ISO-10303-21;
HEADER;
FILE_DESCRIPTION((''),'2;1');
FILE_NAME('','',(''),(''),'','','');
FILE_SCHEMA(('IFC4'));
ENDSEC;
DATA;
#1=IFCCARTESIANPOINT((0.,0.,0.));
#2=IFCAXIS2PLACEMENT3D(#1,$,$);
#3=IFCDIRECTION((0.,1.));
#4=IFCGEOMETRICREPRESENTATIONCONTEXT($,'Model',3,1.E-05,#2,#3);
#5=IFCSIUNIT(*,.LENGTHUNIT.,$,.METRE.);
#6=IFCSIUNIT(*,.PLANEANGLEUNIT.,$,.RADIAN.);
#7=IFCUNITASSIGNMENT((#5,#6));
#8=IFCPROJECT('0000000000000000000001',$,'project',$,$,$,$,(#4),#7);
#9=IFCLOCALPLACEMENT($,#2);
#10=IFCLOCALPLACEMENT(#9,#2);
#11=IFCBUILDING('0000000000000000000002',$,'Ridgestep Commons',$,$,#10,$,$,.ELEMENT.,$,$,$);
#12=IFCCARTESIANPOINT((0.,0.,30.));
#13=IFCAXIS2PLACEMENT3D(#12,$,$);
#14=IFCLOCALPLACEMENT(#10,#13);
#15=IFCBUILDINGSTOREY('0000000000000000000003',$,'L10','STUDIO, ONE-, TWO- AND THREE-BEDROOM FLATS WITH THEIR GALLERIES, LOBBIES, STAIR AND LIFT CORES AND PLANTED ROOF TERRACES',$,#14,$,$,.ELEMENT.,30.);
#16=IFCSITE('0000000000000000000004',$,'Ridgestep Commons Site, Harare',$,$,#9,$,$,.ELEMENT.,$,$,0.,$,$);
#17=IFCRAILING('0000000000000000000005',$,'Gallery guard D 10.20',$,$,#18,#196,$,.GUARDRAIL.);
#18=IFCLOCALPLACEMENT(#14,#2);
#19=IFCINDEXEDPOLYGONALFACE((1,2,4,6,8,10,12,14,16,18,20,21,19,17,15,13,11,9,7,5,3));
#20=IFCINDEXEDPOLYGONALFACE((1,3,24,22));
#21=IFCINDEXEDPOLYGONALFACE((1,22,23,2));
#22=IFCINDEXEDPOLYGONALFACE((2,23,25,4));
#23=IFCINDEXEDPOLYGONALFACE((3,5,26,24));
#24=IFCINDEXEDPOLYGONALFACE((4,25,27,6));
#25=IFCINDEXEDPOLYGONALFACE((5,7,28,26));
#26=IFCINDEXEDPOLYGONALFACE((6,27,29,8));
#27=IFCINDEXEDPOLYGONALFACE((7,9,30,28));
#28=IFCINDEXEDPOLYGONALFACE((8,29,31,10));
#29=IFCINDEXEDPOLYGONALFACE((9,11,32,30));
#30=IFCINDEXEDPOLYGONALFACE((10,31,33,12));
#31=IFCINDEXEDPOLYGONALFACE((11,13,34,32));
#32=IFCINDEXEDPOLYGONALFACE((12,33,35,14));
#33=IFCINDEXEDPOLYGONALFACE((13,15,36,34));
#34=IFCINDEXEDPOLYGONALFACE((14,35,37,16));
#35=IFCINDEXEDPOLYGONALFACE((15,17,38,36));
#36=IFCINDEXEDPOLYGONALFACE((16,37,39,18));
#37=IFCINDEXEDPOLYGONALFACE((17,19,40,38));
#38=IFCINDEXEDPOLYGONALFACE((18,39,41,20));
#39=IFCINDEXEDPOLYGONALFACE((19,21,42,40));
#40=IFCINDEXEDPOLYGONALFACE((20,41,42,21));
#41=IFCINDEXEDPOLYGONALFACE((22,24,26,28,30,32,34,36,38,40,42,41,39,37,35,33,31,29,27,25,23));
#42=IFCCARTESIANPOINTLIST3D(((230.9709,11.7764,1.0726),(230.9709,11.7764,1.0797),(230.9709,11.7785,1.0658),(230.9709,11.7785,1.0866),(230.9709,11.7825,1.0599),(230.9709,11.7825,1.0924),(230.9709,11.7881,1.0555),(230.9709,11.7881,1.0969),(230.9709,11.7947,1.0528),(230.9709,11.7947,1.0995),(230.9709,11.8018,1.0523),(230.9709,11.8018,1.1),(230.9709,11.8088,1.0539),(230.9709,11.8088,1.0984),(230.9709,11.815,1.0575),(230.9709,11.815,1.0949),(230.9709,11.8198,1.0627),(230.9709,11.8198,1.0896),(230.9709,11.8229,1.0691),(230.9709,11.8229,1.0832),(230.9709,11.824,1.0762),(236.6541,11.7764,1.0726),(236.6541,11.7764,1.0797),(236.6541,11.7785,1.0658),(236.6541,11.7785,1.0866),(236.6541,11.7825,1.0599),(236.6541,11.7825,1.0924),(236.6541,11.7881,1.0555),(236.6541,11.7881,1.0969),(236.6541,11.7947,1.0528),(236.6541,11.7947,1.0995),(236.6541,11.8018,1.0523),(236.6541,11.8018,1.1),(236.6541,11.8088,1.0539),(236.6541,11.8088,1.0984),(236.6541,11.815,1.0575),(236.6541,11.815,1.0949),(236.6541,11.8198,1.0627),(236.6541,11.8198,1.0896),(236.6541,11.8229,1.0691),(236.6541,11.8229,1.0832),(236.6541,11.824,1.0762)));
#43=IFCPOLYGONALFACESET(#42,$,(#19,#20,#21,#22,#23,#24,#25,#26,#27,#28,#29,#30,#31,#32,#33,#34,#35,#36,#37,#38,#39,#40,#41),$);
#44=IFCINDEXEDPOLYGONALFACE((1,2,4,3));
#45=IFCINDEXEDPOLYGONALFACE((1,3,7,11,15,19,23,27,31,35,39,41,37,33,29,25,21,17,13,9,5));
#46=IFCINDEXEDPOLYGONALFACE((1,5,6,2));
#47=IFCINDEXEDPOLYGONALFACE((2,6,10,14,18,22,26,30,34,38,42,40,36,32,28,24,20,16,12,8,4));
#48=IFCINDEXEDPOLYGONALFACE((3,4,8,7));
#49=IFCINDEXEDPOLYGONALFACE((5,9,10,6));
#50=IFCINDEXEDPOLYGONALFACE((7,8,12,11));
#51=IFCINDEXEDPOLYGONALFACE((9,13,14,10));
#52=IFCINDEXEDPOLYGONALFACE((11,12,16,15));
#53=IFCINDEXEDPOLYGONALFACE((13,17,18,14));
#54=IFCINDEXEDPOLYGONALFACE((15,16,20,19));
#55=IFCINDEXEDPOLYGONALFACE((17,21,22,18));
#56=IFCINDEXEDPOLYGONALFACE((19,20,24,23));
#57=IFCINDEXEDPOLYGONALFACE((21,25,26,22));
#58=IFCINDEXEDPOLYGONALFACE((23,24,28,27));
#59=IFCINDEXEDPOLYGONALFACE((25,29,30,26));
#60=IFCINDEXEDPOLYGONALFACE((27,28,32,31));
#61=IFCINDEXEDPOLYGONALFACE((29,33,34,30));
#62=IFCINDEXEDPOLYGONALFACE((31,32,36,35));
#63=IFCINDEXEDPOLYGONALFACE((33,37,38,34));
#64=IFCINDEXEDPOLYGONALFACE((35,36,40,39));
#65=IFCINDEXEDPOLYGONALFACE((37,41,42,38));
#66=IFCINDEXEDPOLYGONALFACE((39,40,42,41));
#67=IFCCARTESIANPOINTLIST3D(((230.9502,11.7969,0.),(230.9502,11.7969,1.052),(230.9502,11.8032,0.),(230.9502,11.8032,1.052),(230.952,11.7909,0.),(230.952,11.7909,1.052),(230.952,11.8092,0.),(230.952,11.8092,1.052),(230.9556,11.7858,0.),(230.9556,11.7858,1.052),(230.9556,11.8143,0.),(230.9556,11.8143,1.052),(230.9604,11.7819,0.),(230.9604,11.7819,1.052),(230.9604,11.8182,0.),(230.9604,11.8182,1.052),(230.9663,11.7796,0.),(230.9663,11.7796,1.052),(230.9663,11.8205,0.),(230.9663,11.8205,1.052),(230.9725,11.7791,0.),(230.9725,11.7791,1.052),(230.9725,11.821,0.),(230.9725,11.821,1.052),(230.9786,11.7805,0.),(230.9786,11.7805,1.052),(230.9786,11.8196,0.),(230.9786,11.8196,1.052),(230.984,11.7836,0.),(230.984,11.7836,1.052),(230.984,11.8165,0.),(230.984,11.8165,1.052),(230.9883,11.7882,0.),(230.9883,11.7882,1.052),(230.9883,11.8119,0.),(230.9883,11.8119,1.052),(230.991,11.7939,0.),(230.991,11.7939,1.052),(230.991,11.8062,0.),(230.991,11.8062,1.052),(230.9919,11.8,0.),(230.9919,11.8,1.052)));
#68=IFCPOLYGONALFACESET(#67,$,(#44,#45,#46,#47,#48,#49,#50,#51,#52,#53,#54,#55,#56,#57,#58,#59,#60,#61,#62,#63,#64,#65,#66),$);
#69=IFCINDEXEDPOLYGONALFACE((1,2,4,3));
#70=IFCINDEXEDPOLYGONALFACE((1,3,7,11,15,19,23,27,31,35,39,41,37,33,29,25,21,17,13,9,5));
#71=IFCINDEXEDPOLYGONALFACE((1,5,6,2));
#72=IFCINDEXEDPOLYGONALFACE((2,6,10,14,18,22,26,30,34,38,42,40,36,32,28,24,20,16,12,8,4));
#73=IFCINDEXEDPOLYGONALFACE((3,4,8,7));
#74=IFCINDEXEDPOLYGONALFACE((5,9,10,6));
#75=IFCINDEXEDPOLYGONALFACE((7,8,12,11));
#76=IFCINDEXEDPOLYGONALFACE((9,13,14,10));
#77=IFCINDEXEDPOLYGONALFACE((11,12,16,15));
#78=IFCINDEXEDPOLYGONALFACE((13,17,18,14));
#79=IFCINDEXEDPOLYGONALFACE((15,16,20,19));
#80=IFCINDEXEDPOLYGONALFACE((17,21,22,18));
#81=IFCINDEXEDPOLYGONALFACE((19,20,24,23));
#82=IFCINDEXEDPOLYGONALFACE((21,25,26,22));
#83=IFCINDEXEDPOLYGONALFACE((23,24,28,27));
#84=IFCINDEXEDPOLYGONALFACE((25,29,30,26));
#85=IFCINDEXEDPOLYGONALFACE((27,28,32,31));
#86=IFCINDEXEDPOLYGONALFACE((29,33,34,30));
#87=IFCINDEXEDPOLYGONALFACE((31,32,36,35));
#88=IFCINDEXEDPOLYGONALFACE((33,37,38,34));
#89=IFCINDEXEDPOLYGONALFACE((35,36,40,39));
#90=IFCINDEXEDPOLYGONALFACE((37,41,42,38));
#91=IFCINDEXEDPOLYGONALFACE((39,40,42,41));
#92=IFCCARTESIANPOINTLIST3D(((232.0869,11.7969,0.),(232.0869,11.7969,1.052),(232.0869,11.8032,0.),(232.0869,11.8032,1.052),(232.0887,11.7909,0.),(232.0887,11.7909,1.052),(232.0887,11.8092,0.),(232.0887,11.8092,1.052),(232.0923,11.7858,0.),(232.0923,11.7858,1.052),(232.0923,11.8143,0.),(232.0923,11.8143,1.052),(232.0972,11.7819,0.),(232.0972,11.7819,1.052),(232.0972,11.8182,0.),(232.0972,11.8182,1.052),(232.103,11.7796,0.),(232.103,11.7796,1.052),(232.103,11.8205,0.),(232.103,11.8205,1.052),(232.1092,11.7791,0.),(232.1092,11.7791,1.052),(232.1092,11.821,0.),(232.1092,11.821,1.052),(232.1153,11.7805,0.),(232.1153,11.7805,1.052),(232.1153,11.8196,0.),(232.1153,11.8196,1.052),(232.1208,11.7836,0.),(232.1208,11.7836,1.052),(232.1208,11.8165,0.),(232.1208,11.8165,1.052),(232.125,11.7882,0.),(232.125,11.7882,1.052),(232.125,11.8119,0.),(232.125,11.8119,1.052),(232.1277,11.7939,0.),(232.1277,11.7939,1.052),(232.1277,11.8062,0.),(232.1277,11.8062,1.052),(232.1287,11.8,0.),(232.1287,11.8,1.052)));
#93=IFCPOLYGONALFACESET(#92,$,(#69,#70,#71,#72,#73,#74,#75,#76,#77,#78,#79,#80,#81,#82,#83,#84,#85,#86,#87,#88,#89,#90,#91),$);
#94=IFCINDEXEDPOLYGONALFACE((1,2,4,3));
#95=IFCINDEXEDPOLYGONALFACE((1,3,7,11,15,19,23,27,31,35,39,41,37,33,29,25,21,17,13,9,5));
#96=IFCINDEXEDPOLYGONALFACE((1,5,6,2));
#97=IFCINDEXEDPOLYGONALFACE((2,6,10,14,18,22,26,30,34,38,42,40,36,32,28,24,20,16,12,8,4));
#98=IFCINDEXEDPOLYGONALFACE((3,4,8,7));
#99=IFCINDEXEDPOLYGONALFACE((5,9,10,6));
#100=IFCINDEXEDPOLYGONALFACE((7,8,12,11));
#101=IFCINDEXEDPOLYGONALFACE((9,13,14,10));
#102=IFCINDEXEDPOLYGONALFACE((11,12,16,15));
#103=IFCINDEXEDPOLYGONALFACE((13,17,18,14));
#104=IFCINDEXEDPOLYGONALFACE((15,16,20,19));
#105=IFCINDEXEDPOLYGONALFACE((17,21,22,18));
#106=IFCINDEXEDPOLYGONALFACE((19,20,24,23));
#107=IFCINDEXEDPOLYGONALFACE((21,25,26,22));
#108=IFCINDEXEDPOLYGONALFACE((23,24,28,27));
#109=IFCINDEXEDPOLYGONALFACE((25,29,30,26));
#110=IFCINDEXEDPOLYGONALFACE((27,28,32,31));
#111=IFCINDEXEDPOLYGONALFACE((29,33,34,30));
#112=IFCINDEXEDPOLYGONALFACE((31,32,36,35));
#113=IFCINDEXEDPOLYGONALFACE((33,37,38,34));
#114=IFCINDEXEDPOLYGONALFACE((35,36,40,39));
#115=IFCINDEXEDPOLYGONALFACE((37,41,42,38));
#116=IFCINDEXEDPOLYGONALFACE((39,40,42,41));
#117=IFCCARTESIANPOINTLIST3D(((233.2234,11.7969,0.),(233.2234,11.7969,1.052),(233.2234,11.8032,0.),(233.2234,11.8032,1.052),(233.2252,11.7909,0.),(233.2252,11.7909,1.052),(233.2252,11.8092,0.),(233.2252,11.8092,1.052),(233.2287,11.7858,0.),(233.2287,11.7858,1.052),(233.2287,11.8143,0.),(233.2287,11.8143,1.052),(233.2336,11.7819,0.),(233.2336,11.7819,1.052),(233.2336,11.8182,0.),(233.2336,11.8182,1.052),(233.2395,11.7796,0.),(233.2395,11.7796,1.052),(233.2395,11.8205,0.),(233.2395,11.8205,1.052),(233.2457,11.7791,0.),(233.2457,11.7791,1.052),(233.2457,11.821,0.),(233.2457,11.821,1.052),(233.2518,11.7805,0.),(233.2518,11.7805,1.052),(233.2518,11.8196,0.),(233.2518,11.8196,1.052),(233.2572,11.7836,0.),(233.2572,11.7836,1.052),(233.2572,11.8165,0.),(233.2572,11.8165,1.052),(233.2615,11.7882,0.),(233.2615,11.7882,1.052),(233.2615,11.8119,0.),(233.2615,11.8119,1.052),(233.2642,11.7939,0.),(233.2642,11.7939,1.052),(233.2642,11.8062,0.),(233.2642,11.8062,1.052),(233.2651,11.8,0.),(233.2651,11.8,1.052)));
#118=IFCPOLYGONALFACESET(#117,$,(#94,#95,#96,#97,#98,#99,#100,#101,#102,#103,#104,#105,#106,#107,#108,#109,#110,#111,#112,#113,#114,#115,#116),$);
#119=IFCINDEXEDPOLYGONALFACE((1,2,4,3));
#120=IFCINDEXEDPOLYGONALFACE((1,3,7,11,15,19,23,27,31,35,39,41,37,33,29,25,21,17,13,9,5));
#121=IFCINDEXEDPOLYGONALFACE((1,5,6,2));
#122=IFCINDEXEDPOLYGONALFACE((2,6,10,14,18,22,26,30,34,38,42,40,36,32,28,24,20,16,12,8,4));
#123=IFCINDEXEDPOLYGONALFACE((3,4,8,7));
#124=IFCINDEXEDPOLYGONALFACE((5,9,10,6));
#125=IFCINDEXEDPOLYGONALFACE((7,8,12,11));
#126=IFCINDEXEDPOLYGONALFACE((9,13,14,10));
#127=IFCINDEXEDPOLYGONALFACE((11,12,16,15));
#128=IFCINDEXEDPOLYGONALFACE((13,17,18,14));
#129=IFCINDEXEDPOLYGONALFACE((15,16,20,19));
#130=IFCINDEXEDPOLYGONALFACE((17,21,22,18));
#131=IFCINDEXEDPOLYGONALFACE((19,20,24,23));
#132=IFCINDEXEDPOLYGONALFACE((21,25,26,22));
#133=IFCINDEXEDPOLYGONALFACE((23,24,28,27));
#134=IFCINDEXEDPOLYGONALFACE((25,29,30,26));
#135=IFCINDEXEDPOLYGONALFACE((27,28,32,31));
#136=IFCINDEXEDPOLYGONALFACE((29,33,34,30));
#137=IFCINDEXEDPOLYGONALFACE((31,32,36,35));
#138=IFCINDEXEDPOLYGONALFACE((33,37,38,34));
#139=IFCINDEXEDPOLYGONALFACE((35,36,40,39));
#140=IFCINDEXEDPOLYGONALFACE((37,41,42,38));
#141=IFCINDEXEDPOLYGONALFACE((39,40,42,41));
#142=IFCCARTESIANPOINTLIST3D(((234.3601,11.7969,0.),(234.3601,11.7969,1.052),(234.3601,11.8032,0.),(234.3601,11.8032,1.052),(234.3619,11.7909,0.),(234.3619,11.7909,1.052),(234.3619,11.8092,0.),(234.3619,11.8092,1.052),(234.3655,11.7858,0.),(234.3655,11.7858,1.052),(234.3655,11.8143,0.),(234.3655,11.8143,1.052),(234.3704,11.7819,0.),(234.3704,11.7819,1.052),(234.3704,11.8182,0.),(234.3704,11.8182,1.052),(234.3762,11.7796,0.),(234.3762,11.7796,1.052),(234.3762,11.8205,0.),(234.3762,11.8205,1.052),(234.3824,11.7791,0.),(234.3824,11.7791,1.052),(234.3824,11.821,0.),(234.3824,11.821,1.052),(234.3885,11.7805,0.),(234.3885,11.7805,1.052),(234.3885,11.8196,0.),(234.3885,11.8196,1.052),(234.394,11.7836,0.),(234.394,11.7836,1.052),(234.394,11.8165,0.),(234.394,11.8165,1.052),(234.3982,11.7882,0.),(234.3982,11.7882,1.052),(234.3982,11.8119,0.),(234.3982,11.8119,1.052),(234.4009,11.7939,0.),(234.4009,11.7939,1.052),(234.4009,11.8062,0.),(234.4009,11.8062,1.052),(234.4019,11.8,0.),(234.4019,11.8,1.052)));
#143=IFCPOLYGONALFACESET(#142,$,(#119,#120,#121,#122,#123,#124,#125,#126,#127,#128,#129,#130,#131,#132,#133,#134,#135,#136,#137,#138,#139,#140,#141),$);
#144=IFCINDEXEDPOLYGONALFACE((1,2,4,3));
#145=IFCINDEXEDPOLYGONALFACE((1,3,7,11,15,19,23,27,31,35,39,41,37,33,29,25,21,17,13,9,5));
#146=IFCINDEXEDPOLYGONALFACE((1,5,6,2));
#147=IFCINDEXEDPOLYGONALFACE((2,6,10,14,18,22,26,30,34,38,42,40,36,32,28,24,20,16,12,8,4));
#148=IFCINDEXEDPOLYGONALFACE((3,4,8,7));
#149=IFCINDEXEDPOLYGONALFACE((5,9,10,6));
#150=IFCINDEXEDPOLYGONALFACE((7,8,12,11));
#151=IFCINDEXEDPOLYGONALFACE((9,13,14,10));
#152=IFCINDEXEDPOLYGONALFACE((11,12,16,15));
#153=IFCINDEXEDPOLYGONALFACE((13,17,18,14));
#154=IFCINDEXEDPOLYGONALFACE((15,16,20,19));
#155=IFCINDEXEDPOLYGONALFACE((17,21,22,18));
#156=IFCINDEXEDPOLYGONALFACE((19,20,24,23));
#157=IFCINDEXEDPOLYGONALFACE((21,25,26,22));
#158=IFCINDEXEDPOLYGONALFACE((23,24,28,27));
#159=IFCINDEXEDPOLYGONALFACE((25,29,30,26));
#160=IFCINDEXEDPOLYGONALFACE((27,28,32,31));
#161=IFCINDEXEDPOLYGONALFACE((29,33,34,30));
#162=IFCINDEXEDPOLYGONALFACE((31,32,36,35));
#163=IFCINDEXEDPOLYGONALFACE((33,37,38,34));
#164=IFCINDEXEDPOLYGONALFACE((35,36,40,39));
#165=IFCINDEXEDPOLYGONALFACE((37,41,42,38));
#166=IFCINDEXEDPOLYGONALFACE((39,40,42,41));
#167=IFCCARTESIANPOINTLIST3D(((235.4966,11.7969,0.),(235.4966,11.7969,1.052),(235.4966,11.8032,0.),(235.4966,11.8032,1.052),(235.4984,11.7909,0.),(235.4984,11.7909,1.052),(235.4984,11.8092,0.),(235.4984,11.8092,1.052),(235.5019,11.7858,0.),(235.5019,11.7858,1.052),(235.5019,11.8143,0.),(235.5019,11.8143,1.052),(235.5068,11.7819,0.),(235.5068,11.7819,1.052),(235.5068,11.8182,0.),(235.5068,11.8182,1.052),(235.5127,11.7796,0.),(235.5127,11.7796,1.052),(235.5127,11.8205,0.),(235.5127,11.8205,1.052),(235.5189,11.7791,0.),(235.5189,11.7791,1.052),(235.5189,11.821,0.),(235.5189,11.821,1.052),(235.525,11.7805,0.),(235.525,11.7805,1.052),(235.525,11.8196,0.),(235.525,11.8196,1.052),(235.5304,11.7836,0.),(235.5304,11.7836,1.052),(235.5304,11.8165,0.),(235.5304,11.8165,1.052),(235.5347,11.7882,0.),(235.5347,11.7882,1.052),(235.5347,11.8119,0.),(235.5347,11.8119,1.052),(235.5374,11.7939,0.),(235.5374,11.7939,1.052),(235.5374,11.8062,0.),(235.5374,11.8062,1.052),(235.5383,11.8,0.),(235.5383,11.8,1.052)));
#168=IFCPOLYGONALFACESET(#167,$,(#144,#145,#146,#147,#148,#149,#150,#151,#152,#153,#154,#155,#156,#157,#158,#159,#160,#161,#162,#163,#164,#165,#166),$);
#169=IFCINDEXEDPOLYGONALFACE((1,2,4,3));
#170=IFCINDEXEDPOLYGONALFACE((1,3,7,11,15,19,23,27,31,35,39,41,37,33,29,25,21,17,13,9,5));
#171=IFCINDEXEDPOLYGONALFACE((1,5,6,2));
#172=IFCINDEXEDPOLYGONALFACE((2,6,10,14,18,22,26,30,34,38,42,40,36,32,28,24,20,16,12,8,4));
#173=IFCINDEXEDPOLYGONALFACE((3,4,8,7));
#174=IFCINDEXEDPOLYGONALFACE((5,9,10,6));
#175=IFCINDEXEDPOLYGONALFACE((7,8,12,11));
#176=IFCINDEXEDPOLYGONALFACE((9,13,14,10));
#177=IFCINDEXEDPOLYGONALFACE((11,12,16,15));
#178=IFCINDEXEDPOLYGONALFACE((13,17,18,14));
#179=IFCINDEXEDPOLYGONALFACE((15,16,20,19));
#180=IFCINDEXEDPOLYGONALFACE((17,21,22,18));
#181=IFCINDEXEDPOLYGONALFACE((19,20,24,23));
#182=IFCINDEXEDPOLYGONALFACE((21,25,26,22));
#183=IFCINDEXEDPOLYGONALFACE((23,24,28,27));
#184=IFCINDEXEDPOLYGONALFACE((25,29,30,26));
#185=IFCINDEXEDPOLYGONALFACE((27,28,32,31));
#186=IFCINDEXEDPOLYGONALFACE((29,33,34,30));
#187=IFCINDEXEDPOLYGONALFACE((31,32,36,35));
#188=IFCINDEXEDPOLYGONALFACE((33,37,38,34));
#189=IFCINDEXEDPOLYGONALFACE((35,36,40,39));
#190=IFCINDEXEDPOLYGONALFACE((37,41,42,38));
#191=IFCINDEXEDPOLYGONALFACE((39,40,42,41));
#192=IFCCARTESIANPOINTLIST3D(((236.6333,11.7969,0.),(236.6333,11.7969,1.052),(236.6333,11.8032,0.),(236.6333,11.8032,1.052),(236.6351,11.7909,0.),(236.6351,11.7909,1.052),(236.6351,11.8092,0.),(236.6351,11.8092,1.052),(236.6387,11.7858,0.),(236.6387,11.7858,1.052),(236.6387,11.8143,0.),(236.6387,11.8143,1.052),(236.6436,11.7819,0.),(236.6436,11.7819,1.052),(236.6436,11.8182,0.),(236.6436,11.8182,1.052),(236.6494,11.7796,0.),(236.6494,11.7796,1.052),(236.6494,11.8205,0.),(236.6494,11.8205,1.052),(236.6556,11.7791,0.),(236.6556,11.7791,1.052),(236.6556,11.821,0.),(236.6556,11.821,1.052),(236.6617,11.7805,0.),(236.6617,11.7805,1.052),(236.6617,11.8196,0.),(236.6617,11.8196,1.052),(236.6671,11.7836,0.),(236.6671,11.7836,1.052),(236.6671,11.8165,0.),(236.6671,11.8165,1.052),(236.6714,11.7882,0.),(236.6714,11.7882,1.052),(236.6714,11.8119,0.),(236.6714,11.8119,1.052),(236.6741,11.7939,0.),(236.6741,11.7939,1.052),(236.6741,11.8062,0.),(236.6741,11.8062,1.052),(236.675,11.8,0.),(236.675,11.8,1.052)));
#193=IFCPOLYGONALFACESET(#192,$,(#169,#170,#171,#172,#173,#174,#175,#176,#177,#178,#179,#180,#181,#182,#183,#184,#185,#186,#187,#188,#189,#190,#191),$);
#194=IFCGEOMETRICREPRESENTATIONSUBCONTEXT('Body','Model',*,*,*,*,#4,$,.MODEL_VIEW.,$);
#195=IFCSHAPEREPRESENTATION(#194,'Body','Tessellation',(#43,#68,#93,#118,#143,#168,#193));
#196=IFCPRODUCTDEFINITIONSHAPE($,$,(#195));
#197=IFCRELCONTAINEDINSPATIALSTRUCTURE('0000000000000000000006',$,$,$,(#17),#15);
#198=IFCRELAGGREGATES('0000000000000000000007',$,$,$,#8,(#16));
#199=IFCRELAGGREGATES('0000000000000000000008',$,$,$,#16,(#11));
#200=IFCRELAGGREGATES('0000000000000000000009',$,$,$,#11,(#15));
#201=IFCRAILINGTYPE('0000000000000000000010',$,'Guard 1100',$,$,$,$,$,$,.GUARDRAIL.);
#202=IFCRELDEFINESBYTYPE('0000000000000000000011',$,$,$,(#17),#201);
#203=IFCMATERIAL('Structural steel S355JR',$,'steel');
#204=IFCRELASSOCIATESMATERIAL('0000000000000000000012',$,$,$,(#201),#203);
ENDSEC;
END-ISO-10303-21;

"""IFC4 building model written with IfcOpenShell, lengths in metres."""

from ifc_helpers import new_model, si_unit, direction, frame, origin, origin_2d, place, context, subcontext, project, spatial, circle, extrude, material, type_object, element, save


model = new_model("IFC4")

# Units and contexts
model_context = context("Model", 3, precision=1e-05, world=origin(), true_north=direction((0.0, 1.0)))
body_context = subcontext(model_context, "Body", "Model", "MODEL_VIEW")
ifc_project = project(units=[si_unit("LENGTHUNIT", "METRE"), si_unit("PLANEANGLEUNIT", "RADIAN")], contexts=[model_context])

# Site, building, storey
site_placement = place(None, origin())
site = spatial("IfcSite", under=ifc_project, at=site_placement, Name="Ridgestep Commons Site, Harare", CompositionType="ELEMENT", RefElevation=0.0)
building_placement = place(site_placement, origin())
building = spatial("IfcBuilding", under=site, at=building_placement, Name="Ridgestep Commons", CompositionType="ELEMENT")
storey_placement = place(building_placement, frame((0.0, 0.0, 30.0)))
storey = spatial("IfcBuildingStorey", under=building, at=storey_placement, Name="L10", Description="STUDIO, ONE-, TWO- AND THREE-BEDROOM FLATS WITH THEIR GALLERIES, LOBBIES, STAIR AND LIFT CORES AND PLANTED ROOF TERRACES", CompositionType="ELEMENT", Elevation=30.0)

# Railing
ifc_material_1 = material(Name="Structural steel S355JR", Category="steel")
railing_type_1 = type_object("IfcRailingType", Name="Guard 1100", PredefinedType="GUARDRAIL", material=ifc_material_1)
railing_1_placement = place(storey_placement, frame((230.9709, 11.8, 0.0)))
element("IfcRailing", 1, at=railing_1_placement, inside=storey, type_object=railing_type_1, Name="Gallery guard D 10.20", PredefinedType="GUARDRAIL", context=body_context, shape_type="SweptSolid", body=[
    extrude(circle(Radius=0.0239, at=origin_2d()), frame((0.0, 0.0, 1.0762), z_axis=(1.0, 0.0, 0.0), x_axis=(0.0, 1.0, 0.0)), (0.0, 0.0, 1.0), 5.6831),
    extrude(circle(Radius=0.021, at=origin_2d()), origin(), (0.0, 0.0, 1.0), 1.052),
    extrude(circle(Radius=0.021, at=origin_2d()), frame((1.1367, 0.0, 0.0)), (0.0, 0.0, 1.0), 1.052),
    extrude(circle(Radius=0.021, at=origin_2d()), frame((2.2732, 0.0, 0.0)), (0.0, 0.0, 1.0), 1.052),
    extrude(circle(Radius=0.021, at=origin_2d()), frame((3.4099, 0.0, 0.0)), (0.0, 0.0, 1.0), 1.052),
    extrude(circle(Radius=0.021, at=origin_2d()), frame((4.5464, 0.0, 0.0)), (0.0, 0.0, 1.0), 1.052),
    extrude(circle(Radius=0.021, at=origin_2d()), frame((5.6831, 0.0, 0.0)), (0.0, 0.0, 1.0), 1.052),
])

save(model, "model.ifc")
